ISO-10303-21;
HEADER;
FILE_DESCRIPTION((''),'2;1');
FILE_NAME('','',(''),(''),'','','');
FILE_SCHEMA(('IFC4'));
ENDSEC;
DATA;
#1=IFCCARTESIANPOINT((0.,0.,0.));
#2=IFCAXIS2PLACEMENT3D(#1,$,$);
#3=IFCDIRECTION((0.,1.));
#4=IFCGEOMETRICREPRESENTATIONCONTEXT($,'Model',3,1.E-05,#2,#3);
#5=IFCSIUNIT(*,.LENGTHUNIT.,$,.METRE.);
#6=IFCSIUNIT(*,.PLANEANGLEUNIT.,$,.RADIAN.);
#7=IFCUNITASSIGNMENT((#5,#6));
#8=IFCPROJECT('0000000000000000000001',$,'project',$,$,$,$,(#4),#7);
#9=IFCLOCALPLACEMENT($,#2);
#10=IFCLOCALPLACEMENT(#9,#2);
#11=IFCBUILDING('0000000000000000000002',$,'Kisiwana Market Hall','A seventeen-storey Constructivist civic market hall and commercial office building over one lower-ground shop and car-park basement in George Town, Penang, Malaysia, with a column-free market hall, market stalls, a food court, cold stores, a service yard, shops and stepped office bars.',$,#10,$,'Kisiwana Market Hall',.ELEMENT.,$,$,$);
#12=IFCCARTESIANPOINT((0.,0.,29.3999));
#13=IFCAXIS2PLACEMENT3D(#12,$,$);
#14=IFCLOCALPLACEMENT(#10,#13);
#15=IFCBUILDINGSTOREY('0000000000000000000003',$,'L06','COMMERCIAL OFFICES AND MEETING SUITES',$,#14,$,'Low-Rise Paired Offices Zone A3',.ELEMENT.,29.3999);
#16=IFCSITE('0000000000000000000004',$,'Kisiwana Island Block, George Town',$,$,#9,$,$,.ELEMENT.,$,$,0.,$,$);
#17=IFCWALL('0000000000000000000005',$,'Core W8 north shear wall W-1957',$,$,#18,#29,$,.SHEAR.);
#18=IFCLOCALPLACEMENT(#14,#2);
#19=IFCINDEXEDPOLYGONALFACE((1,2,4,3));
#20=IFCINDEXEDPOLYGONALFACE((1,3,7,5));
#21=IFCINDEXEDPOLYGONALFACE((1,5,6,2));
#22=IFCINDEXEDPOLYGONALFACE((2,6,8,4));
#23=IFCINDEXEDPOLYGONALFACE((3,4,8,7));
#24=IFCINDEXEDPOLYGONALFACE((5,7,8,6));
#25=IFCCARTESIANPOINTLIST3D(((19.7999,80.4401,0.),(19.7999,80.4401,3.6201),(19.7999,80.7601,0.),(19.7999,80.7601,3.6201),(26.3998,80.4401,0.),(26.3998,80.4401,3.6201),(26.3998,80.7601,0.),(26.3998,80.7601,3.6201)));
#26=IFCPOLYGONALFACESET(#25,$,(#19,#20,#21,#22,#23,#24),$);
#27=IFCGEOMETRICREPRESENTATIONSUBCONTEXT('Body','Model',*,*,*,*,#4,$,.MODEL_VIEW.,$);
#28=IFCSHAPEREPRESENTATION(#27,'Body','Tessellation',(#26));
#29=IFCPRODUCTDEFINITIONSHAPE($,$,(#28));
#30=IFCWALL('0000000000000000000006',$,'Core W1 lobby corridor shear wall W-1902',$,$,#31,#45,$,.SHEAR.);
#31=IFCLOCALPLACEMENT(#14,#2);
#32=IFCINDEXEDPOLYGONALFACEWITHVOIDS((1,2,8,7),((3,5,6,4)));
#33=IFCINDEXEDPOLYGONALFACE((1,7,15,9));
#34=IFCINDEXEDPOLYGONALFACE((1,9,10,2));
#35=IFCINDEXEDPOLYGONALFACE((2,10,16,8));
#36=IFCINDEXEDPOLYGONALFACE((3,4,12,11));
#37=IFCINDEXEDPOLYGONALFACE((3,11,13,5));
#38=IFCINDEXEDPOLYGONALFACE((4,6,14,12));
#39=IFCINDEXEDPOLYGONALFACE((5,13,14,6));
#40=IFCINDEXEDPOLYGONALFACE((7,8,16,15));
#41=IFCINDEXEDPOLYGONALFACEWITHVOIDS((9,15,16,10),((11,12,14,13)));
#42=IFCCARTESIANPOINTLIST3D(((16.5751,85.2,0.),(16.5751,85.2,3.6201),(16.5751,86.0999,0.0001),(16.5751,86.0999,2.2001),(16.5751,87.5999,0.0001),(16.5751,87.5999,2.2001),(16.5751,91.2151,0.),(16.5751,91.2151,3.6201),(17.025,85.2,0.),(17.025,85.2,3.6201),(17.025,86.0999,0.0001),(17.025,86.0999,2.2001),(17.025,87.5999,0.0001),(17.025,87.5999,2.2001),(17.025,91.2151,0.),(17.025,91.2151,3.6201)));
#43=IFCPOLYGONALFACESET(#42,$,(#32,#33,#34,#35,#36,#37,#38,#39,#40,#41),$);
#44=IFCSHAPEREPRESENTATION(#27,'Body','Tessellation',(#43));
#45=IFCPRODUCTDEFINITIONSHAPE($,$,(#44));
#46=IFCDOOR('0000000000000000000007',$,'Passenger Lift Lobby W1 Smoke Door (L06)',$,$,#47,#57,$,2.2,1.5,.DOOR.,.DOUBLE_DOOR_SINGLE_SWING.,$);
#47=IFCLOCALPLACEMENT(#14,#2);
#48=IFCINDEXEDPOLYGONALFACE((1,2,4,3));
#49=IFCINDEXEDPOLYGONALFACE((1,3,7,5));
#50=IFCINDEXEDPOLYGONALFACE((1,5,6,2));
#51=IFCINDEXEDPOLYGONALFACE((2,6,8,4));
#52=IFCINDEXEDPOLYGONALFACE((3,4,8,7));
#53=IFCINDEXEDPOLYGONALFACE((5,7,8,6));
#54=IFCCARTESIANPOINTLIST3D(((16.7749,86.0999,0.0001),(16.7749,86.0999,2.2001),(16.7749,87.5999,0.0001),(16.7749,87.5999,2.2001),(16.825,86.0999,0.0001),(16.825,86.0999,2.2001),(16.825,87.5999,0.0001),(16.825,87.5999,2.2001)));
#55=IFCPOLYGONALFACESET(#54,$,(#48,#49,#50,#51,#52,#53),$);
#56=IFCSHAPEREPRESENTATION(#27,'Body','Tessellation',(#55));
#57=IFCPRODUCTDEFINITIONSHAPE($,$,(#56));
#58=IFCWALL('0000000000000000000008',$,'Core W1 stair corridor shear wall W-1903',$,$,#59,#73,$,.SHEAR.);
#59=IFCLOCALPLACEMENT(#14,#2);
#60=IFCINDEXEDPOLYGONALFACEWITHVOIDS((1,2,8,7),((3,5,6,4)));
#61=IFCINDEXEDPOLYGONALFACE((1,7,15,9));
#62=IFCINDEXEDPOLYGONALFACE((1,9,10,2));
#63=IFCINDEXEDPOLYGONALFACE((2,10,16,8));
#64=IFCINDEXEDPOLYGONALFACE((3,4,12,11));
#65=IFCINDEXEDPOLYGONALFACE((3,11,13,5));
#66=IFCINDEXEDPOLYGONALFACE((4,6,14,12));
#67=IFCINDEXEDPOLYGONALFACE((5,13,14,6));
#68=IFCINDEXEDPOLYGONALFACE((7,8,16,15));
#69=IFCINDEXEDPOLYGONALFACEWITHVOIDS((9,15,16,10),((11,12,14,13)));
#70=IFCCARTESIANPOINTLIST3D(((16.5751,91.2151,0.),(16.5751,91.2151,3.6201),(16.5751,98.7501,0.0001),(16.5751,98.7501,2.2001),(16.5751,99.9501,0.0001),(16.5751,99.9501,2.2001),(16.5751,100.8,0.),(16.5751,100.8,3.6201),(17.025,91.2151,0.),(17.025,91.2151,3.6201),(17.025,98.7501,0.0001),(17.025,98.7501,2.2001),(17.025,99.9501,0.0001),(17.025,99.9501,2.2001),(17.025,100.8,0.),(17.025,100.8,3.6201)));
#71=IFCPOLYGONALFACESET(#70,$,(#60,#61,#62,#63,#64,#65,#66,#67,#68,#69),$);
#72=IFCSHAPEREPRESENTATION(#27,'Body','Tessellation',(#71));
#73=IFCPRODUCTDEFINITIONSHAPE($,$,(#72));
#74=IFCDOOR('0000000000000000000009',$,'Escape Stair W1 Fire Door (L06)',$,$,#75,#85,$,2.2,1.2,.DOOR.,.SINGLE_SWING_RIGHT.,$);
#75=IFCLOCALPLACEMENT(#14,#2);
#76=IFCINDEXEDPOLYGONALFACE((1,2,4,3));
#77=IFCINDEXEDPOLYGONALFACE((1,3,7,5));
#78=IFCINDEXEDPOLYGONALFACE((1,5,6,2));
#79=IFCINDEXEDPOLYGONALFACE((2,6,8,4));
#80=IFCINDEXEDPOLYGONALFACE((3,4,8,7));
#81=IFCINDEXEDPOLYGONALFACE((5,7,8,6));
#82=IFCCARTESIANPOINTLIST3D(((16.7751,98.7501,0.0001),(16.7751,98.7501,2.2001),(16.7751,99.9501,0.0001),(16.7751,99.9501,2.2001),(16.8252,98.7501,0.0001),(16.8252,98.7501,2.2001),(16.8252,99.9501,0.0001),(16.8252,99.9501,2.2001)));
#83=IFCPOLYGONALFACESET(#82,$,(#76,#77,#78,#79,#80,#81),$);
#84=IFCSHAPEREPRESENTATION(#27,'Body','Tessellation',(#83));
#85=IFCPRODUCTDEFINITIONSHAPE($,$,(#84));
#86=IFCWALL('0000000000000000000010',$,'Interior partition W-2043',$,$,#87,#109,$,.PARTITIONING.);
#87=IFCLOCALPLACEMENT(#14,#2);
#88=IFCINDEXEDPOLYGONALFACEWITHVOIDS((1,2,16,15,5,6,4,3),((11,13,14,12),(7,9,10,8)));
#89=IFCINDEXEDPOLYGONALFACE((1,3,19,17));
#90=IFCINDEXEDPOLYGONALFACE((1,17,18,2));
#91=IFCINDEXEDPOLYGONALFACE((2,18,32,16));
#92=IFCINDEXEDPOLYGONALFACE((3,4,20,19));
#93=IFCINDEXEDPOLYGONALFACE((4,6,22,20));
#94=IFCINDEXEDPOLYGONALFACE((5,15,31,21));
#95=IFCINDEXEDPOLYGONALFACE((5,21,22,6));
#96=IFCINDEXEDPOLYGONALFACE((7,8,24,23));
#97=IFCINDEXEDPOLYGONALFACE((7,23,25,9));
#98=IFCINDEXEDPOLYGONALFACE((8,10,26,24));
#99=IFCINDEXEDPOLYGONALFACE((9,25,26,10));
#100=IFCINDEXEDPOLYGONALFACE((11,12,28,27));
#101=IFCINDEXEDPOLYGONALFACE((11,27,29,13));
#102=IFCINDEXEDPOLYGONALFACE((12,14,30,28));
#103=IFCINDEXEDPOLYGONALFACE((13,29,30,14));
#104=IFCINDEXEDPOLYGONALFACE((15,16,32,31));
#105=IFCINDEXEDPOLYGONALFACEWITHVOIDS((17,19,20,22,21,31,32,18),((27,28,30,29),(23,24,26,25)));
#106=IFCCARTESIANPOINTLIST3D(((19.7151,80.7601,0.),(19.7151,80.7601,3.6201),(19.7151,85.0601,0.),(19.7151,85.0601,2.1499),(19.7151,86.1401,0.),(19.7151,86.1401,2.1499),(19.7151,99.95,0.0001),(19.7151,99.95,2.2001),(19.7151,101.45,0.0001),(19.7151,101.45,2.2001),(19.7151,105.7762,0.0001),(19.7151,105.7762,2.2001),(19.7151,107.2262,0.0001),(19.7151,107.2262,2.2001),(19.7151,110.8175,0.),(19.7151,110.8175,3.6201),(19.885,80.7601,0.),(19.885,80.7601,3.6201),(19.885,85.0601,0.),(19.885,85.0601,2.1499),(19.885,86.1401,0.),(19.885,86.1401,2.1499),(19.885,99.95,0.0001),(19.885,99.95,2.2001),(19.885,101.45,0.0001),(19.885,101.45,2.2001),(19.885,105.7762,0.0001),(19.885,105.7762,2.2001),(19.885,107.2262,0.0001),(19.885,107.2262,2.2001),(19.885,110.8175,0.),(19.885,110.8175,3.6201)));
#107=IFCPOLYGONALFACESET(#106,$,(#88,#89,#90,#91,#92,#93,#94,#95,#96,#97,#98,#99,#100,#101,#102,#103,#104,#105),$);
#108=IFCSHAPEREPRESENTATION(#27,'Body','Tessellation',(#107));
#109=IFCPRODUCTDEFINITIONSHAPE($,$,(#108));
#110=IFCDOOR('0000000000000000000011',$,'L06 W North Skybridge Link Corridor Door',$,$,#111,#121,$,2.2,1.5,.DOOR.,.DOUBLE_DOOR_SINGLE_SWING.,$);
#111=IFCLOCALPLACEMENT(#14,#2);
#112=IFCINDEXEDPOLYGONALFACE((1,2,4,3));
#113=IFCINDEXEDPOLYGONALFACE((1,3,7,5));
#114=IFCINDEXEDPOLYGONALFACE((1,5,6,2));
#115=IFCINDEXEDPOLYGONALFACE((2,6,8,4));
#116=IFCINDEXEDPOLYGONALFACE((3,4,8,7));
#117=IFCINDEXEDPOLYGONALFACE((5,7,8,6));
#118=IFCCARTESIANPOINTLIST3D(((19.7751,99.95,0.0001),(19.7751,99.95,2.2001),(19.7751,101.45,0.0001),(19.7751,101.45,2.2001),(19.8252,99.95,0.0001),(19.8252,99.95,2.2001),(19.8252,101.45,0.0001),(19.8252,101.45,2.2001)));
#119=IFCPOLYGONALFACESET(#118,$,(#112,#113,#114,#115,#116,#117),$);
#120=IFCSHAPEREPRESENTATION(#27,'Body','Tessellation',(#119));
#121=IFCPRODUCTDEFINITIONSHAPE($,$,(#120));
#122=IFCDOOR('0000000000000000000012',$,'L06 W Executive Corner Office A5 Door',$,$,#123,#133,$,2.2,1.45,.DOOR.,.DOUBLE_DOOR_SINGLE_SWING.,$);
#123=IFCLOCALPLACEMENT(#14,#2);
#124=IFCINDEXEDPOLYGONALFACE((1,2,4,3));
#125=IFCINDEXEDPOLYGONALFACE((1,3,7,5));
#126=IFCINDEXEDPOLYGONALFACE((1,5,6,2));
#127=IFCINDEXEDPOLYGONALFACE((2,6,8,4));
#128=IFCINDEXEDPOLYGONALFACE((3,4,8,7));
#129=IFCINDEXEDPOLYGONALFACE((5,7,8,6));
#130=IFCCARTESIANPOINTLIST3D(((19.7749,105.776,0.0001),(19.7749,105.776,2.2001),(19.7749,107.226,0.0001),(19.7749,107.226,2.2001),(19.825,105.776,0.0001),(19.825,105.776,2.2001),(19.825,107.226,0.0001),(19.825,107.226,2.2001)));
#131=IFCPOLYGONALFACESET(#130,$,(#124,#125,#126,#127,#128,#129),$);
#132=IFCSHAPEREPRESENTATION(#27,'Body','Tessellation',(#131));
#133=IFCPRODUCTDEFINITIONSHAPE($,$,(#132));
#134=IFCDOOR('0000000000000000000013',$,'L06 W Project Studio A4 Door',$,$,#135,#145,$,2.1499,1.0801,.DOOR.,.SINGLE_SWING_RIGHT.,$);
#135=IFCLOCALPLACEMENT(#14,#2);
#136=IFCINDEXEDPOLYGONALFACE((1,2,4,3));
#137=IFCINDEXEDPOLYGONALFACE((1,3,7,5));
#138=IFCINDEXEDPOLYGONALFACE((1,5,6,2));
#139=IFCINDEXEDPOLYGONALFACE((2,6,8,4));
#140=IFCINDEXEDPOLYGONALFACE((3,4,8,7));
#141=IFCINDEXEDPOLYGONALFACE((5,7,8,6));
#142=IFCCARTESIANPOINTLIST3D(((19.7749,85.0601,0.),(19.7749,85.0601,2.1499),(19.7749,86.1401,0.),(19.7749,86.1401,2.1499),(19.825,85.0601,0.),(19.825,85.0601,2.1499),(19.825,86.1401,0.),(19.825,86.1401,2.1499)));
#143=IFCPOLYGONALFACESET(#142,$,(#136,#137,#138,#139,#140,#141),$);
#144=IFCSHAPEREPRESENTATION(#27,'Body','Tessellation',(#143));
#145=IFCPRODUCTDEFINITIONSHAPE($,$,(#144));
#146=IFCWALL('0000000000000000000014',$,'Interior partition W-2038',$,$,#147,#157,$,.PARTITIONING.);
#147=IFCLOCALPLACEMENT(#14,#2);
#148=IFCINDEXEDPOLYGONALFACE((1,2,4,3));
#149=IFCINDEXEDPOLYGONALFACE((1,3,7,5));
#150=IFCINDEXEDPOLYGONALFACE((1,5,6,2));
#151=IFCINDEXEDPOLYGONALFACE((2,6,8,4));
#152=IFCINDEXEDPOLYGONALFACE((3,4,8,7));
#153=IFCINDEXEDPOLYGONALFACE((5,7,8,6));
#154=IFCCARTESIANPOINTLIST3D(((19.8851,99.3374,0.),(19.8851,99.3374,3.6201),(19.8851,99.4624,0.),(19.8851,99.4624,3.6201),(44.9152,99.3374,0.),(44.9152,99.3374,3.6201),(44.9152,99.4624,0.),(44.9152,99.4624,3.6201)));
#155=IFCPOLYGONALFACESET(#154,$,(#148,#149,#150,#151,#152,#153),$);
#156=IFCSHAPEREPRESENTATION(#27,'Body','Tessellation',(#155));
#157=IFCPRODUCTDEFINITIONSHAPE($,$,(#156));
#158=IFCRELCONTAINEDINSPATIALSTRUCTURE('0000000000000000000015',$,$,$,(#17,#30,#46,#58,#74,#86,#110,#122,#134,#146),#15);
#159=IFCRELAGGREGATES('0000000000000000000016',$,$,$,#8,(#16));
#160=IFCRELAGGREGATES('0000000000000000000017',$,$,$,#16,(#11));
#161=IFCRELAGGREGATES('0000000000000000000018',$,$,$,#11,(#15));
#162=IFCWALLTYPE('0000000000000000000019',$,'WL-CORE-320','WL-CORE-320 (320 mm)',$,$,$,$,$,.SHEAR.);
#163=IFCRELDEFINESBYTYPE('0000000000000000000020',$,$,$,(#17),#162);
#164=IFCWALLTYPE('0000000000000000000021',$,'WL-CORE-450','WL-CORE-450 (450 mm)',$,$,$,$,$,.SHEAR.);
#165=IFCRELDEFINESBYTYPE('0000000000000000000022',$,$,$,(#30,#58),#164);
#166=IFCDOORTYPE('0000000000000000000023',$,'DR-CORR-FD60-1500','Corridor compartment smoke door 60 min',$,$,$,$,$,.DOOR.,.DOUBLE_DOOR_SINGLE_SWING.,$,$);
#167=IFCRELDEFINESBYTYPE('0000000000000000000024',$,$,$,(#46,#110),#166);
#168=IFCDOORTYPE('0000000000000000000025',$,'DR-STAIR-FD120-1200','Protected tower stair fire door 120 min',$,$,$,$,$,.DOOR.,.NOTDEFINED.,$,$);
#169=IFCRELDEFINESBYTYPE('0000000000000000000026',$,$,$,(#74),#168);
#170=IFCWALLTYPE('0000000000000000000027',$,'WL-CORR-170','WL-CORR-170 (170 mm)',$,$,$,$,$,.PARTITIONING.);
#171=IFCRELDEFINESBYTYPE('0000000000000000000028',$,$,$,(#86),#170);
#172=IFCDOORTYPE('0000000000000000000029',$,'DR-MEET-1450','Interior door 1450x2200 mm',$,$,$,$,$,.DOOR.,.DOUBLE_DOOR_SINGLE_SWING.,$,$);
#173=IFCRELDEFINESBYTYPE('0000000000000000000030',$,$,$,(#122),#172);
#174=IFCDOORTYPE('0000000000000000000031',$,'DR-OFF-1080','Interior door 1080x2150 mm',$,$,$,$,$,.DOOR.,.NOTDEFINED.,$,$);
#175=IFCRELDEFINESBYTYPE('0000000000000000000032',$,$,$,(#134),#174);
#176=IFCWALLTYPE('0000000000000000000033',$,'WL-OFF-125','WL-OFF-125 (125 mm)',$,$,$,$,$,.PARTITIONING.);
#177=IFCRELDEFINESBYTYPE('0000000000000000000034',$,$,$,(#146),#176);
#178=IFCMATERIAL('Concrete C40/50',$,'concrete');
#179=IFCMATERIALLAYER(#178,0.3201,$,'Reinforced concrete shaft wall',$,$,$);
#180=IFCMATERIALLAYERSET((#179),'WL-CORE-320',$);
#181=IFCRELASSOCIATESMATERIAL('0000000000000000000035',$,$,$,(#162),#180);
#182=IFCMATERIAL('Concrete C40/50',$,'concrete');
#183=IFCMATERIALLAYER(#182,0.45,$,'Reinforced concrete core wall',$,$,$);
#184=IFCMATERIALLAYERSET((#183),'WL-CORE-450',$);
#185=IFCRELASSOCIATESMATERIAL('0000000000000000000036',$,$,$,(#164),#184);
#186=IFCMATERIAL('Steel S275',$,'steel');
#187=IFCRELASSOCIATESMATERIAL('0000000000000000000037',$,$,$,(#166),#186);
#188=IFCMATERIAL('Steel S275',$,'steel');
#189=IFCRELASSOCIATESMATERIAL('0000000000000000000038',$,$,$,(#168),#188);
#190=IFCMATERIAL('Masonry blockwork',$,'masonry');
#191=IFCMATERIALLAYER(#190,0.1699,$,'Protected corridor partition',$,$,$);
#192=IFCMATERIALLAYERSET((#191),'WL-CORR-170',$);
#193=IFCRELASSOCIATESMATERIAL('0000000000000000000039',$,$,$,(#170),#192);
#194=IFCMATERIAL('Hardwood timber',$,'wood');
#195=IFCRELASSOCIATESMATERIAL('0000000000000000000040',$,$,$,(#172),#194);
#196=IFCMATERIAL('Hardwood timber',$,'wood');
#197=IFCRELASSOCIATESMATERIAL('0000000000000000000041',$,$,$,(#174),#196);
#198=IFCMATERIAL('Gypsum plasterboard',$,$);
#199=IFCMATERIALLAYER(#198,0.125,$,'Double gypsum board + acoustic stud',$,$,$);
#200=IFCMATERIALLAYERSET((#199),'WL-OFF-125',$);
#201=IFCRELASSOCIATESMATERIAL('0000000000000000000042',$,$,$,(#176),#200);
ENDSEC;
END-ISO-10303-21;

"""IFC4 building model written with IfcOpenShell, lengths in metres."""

from ifc_helpers import new_model, si_unit, direction, frame, frame_2d, origin, place, context, subcontext, project, spatial, rectangle, extrude, material, layer, layer_set, type_object, element, fill, save


model = new_model("IFC4")

# Units and contexts
model_context = context("Model", 3, precision=1e-05, world=origin(), true_north=direction((0.0, 1.0)))
body_context = subcontext(model_context, "Body", "Model", "MODEL_VIEW")
ifc_project = project(units=[si_unit("LENGTHUNIT", "METRE"), si_unit("PLANEANGLEUNIT", "RADIAN")], contexts=[model_context])

# Site, building, storey
site_placement = place(None, origin())
site = spatial("IfcSite", under=ifc_project, at=site_placement, Name="Kisiwana Island Block, George Town", CompositionType="ELEMENT", RefElevation=0.0)
building_placement = place(site_placement, origin())
building = spatial("IfcBuilding", under=site, at=building_placement, Name="Kisiwana Market Hall", Description="A seventeen-storey Constructivist civic market hall and commercial office building over one lower-ground shop and car-park basement in George Town, Penang, Malaysia, with a column-free market hall, market stalls, a food court, cold stores, a service yard, shops and stepped office bars.", LongName="Kisiwana Market Hall", CompositionType="ELEMENT")
storey_placement = place(building_placement, frame((0.0, 0.0, 29.3999)))
storey = spatial("IfcBuildingStorey", under=building, at=storey_placement, Name="L06", Description="COMMERCIAL OFFICES AND MEETING SUITES", LongName="Low-Rise Paired Offices Zone A3", CompositionType="ELEMENT", Elevation=29.3999)

# Shared definitions
ifc_material_1 = material(Name="Concrete C40/50", Category="concrete")
ifc_layer_1 = layer(ifc_material_1, 0.3201, Name="Reinforced concrete shaft wall")
ifc_layer_set_1 = layer_set([ifc_layer_1], Name="WL-CORE-320")
wall_type_1 = type_object("IfcWallType", Name="WL-CORE-320", Description="WL-CORE-320 (320 mm)", PredefinedType="SHEAR", material=ifc_layer_set_1)

# Wall
wall_1_placement = place(storey_placement, frame((19.8, 80.6001, 0.0), z_axis=(0.0, 0.0, 1.0), x_axis=(1.0, 0.0, 0.0)))
element("IfcWall", 1, at=wall_1_placement, inside=storey, type_object=wall_type_1, Name="Core W8 north shear wall W-1957", PredefinedType="SHEAR", context=body_context, shape_type="SweptSolid", body=[
    extrude(rectangle(XDim=6.5999, YDim=0.3201, at=frame_2d((3.2998, 0.0))), origin(), (0.0, 0.0, 1.0), 3.6201),
])

# Walls, openings, doors
ifc_material_2 = material(Name="Concrete C40/50", Category="concrete")
ifc_layer_2 = layer(ifc_material_2, 0.45, Name="Reinforced concrete core wall")
ifc_layer_set_2 = layer_set([ifc_layer_2], Name="WL-CORE-450")
wall_type_2 = type_object("IfcWallType", Name="WL-CORE-450", Description="WL-CORE-450 (450 mm)", PredefinedType="SHEAR", material=ifc_layer_set_2)
wall_2_placement = place(storey_placement, frame((16.8, 85.2, 0.0), z_axis=(0.0, 0.0, 1.0), x_axis=(0.0, 1.0, 0.0)))
wall_2 = element("IfcWall", 2, at=wall_2_placement, inside=storey, type_object=wall_type_2, Name="Core W1 lobby corridor shear wall W-1902", PredefinedType="SHEAR", context=body_context, shape_type="SweptSolid", body=[
    extrude(rectangle(XDim=6.0151, YDim=0.45, at=frame_2d((3.0076, 0.0))), origin(), (0.0, 0.0, 1.0), 3.6201),
])
opening_1_placement = place(wall_2_placement, frame((0.8999, 0.0, 0.0)))
opening_1 = element("IfcOpeningElement", 3, at=opening_1_placement, cuts=wall_2, PredefinedType="OPENING", context=body_context, shape_type="SweptSolid", body=[
    extrude(rectangle(XDim=1.5, YDim=2.2, at=frame_2d((0.75, 1.1001))), frame((0.0, 0.2368, 0.0), z_axis=(0.0, -1.0, 0.0), x_axis=(1.0, 0.0, 0.0)), (0.0, 0.0, 1.0), 0.4739),
])
ifc_material_3 = material(Name="Steel S275", Category="steel")
door_type_1 = type_object("IfcDoorType", Name="DR-CORR-FD60-1500", Description="Corridor compartment smoke door 60 min", OperationType="DOUBLE_DOOR_SINGLE_SWING", PredefinedType="DOOR", material=ifc_material_3)
door_1_placement = place(opening_1_placement, frame((1.5, 0.0, 0.0), z_axis=(0.0, 0.0, 1.0), x_axis=(-1.0, 0.0, 0.0)))
door_1 = element("IfcDoor", 4, at=door_1_placement, inside=storey, type_object=door_type_1, Name="Passenger Lift Lobby W1 Smoke Door (L06)", OperationType="DOUBLE_DOOR_SINGLE_SWING", OverallHeight=2.2, OverallWidth=1.5, PredefinedType="DOOR", context=body_context, shape_type="SweptSolid", body=[
    extrude(rectangle(XDim=1.5, YDim=2.2, at=frame_2d((0.75, 1.1001))), frame((0.0, 0.0249, 0.0), z_axis=(0.0, -1.0, 0.0), x_axis=(1.0, 0.0, 0.0)), (0.0, 0.0, 1.0), 0.05),
])
fill(opening_1, door_1)
wall_3_placement = place(storey_placement, frame((16.8, 91.2151, 0.0), z_axis=(0.0, 0.0, 1.0), x_axis=(0.0, 1.0, 0.0)))
wall_3 = element("IfcWall", 5, at=wall_3_placement, inside=storey, type_object=wall_type_2, Name="Core W1 stair corridor shear wall W-1903", PredefinedType="SHEAR", context=body_context, shape_type="SweptSolid", body=[
    extrude(rectangle(XDim=9.585, YDim=0.45, at=frame_2d((4.7925, 0.0))), origin(), (0.0, 0.0, 1.0), 3.6201),
])
opening_2_placement = place(wall_3_placement, frame((7.5349, 0.0, 0.0)))
opening_2 = element("IfcOpeningElement", 6, at=opening_2_placement, cuts=wall_3, PredefinedType="OPENING", context=body_context, shape_type="SweptSolid", body=[
    extrude(rectangle(XDim=1.2, YDim=2.2, at=frame_2d((0.6001, 1.1001))), frame((0.0, 0.2368, 0.0), z_axis=(0.0, -1.0, 0.0), x_axis=(1.0, 0.0, 0.0)), (0.0, 0.0, 1.0), 0.4739),
])
ifc_material_4 = material(Name="Steel S275", Category="steel")
door_type_2 = type_object("IfcDoorType", Name="DR-STAIR-FD120-1200", Description="Protected tower stair fire door 120 min", OperationType="NOTDEFINED", PredefinedType="DOOR", material=ifc_material_4)
door_2_placement = place(opening_2_placement, origin())
door_2 = element("IfcDoor", 7, at=door_2_placement, inside=storey, type_object=door_type_2, Name="Escape Stair W1 Fire Door (L06)", OperationType="SINGLE_SWING_RIGHT", OverallHeight=2.2, OverallWidth=1.2, PredefinedType="DOOR", context=body_context, shape_type="SweptSolid", body=[
    extrude(rectangle(XDim=1.2, YDim=2.2, at=frame_2d((0.6001, 1.1001))), frame((0.0, 0.0249, 0.0), z_axis=(0.0, -1.0, 0.0), x_axis=(1.0, 0.0, 0.0)), (0.0, 0.0, 1.0), 0.05),
])
fill(opening_2, door_2)

# Wall, openings, doors
ifc_material_5 = material(Name="Masonry blockwork", Category="masonry")
ifc_layer_3 = layer(ifc_material_5, 0.1699, Name="Protected corridor partition")
ifc_layer_set_3 = layer_set([ifc_layer_3], Name="WL-CORR-170")
wall_type_3 = type_object("IfcWallType", Name="WL-CORR-170", Description="WL-CORR-170 (170 mm)", PredefinedType="PARTITIONING", material=ifc_layer_set_3)
wall_4_placement = place(storey_placement, frame((19.8, 80.76, 0.0), z_axis=(0.0, 0.0, 1.0), x_axis=(0.0, 1.0, 0.0)))
wall_4 = element("IfcWall", 8, at=wall_4_placement, inside=storey, type_object=wall_type_3, Name="Interior partition W-2043", PredefinedType="PARTITIONING", context=body_context, shape_type="SweptSolid", body=[
    extrude(rectangle(XDim=30.0574, YDim=0.1699, at=frame_2d((15.0288, 0.0))), origin(), (0.0, 0.0, 1.0), 3.6201),
])
opening_3_placement = place(wall_4_placement, frame((4.3, 0.0, 0.0)))
opening_3 = element("IfcOpeningElement", 9, at=opening_3_placement, cuts=wall_4, PredefinedType="OPENING", context=body_context, shape_type="SweptSolid", body=[
    extrude(rectangle(XDim=1.0801, YDim=2.1499, at=frame_2d((0.54, 1.075))), frame((0.0, 0.0969, 0.0), z_axis=(0.0, -1.0, 0.0), x_axis=(1.0, 0.0, 0.0)), (0.0, 0.0, 1.0), 0.1938),
])
opening_4_placement = place(wall_4_placement, frame((19.1899, 0.0, 0.0)))
opening_4 = element("IfcOpeningElement", 10, at=opening_4_placement, cuts=wall_4, PredefinedType="OPENING", context=body_context, shape_type="SweptSolid", body=[
    extrude(rectangle(XDim=1.5, YDim=2.2, at=frame_2d((0.75, 1.1001))), frame((0.0, 0.0969, 0.0), z_axis=(0.0, -1.0, 0.0), x_axis=(1.0, 0.0, 0.0)), (0.0, 0.0, 1.0), 0.1938),
])
opening_5_placement = place(wall_4_placement, frame((25.0161, 0.0, 0.0)))
opening_5 = element("IfcOpeningElement", 11, at=opening_5_placement, cuts=wall_4, PredefinedType="OPENING", context=body_context, shape_type="SweptSolid", body=[
    extrude(rectangle(XDim=1.45, YDim=2.2, at=frame_2d((0.7251, 1.1001))), frame((0.0, 0.0969, 0.0), z_axis=(0.0, -1.0, 0.0), x_axis=(1.0, 0.0, 0.0)), (0.0, 0.0, 1.0), 0.1938),
])
door_3_placement = place(opening_4_placement, origin())
door_3 = element("IfcDoor", 12, at=door_3_placement, inside=storey, type_object=door_type_1, Name="L06 W North Skybridge Link Corridor Door", OperationType="DOUBLE_DOOR_SINGLE_SWING", OverallHeight=2.2, OverallWidth=1.5, PredefinedType="DOOR", context=body_context, shape_type="SweptSolid", body=[
    extrude(rectangle(XDim=1.5, YDim=2.2, at=frame_2d((0.75, 1.1001))), frame((0.0, 0.0249, 0.0), z_axis=(0.0, -1.0, 0.0), x_axis=(1.0, 0.0, 0.0)), (0.0, 0.0, 1.0), 0.05),
])
fill(opening_4, door_3)
ifc_material_6 = material(Name="Hardwood timber", Category="wood")
door_type_3 = type_object("IfcDoorType", Name="DR-MEET-1450", Description="Interior door 1450x2200 mm", OperationType="DOUBLE_DOOR_SINGLE_SWING", PredefinedType="DOOR", material=ifc_material_6)
door_4_placement = place(opening_5_placement, frame((1.45, 0.0, 0.0), z_axis=(0.0, 0.0, 1.0), x_axis=(-1.0, 0.0, 0.0)))
door_4 = element("IfcDoor", 13, at=door_4_placement, inside=storey, type_object=door_type_3, Name="L06 W Executive Corner Office A5 Door", OperationType="DOUBLE_DOOR_SINGLE_SWING", OverallHeight=2.2, OverallWidth=1.45, PredefinedType="DOOR", context=body_context, shape_type="SweptSolid", body=[
    extrude(rectangle(XDim=1.45, YDim=2.2, at=frame_2d((0.7251, 1.1001))), frame((0.0, 0.0249, 0.0), z_axis=(0.0, -1.0, 0.0), x_axis=(1.0, 0.0, 0.0)), (0.0, 0.0, 1.0), 0.05),
])
fill(opening_5, door_4)
ifc_material_7 = material(Name="Hardwood timber", Category="wood")
door_type_4 = type_object("IfcDoorType", Name="DR-OFF-1080", Description="Interior door 1080x2150 mm", OperationType="NOTDEFINED", PredefinedType="DOOR", material=ifc_material_7)
door_5_placement = place(opening_3_placement, frame((1.0801, 0.0, 0.0), z_axis=(0.0, 0.0, 1.0), x_axis=(-1.0, 0.0, 0.0)))
door_5 = element("IfcDoor", 14, at=door_5_placement, inside=storey, type_object=door_type_4, Name="L06 W Project Studio A4 Door", OperationType="SINGLE_SWING_RIGHT", OverallHeight=2.1499, OverallWidth=1.0801, PredefinedType="DOOR", context=body_context, shape_type="SweptSolid", body=[
    extrude(rectangle(XDim=1.0801, YDim=2.1499, at=frame_2d((0.54, 1.075))), frame((0.0, 0.0249, 0.0), z_axis=(0.0, -1.0, 0.0), x_axis=(1.0, 0.0, 0.0)), (0.0, 0.0, 1.0), 0.05),
])
fill(opening_3, door_5)

# Wall
ifc_material_8 = material(Name="Gypsum plasterboard")
ifc_layer_4 = layer(ifc_material_8, 0.125, Name="Double gypsum board + acoustic stud")
ifc_layer_set_4 = layer_set([ifc_layer_4], Name="WL-OFF-125")
wall_type_4 = type_object("IfcWallType", Name="WL-OFF-125", Description="WL-OFF-125 (125 mm)", PredefinedType="PARTITIONING", material=ifc_layer_set_4)
wall_5_placement = place(storey_placement, frame((19.885, 99.3999, 0.0), z_axis=(0.0, 0.0, 1.0), x_axis=(1.0, 0.0, 0.0)))
element("IfcWall", 15, at=wall_5_placement, inside=storey, type_object=wall_type_4, Name="Interior partition W-2038", PredefinedType="PARTITIONING", context=body_context, shape_type="SweptSolid", body=[
    extrude(rectangle(XDim=25.03, YDim=0.125, at=frame_2d((12.5151, 0.0))), origin(), (0.0, 0.0, 1.0), 3.6201),
])

save(model, "model.ifc")
